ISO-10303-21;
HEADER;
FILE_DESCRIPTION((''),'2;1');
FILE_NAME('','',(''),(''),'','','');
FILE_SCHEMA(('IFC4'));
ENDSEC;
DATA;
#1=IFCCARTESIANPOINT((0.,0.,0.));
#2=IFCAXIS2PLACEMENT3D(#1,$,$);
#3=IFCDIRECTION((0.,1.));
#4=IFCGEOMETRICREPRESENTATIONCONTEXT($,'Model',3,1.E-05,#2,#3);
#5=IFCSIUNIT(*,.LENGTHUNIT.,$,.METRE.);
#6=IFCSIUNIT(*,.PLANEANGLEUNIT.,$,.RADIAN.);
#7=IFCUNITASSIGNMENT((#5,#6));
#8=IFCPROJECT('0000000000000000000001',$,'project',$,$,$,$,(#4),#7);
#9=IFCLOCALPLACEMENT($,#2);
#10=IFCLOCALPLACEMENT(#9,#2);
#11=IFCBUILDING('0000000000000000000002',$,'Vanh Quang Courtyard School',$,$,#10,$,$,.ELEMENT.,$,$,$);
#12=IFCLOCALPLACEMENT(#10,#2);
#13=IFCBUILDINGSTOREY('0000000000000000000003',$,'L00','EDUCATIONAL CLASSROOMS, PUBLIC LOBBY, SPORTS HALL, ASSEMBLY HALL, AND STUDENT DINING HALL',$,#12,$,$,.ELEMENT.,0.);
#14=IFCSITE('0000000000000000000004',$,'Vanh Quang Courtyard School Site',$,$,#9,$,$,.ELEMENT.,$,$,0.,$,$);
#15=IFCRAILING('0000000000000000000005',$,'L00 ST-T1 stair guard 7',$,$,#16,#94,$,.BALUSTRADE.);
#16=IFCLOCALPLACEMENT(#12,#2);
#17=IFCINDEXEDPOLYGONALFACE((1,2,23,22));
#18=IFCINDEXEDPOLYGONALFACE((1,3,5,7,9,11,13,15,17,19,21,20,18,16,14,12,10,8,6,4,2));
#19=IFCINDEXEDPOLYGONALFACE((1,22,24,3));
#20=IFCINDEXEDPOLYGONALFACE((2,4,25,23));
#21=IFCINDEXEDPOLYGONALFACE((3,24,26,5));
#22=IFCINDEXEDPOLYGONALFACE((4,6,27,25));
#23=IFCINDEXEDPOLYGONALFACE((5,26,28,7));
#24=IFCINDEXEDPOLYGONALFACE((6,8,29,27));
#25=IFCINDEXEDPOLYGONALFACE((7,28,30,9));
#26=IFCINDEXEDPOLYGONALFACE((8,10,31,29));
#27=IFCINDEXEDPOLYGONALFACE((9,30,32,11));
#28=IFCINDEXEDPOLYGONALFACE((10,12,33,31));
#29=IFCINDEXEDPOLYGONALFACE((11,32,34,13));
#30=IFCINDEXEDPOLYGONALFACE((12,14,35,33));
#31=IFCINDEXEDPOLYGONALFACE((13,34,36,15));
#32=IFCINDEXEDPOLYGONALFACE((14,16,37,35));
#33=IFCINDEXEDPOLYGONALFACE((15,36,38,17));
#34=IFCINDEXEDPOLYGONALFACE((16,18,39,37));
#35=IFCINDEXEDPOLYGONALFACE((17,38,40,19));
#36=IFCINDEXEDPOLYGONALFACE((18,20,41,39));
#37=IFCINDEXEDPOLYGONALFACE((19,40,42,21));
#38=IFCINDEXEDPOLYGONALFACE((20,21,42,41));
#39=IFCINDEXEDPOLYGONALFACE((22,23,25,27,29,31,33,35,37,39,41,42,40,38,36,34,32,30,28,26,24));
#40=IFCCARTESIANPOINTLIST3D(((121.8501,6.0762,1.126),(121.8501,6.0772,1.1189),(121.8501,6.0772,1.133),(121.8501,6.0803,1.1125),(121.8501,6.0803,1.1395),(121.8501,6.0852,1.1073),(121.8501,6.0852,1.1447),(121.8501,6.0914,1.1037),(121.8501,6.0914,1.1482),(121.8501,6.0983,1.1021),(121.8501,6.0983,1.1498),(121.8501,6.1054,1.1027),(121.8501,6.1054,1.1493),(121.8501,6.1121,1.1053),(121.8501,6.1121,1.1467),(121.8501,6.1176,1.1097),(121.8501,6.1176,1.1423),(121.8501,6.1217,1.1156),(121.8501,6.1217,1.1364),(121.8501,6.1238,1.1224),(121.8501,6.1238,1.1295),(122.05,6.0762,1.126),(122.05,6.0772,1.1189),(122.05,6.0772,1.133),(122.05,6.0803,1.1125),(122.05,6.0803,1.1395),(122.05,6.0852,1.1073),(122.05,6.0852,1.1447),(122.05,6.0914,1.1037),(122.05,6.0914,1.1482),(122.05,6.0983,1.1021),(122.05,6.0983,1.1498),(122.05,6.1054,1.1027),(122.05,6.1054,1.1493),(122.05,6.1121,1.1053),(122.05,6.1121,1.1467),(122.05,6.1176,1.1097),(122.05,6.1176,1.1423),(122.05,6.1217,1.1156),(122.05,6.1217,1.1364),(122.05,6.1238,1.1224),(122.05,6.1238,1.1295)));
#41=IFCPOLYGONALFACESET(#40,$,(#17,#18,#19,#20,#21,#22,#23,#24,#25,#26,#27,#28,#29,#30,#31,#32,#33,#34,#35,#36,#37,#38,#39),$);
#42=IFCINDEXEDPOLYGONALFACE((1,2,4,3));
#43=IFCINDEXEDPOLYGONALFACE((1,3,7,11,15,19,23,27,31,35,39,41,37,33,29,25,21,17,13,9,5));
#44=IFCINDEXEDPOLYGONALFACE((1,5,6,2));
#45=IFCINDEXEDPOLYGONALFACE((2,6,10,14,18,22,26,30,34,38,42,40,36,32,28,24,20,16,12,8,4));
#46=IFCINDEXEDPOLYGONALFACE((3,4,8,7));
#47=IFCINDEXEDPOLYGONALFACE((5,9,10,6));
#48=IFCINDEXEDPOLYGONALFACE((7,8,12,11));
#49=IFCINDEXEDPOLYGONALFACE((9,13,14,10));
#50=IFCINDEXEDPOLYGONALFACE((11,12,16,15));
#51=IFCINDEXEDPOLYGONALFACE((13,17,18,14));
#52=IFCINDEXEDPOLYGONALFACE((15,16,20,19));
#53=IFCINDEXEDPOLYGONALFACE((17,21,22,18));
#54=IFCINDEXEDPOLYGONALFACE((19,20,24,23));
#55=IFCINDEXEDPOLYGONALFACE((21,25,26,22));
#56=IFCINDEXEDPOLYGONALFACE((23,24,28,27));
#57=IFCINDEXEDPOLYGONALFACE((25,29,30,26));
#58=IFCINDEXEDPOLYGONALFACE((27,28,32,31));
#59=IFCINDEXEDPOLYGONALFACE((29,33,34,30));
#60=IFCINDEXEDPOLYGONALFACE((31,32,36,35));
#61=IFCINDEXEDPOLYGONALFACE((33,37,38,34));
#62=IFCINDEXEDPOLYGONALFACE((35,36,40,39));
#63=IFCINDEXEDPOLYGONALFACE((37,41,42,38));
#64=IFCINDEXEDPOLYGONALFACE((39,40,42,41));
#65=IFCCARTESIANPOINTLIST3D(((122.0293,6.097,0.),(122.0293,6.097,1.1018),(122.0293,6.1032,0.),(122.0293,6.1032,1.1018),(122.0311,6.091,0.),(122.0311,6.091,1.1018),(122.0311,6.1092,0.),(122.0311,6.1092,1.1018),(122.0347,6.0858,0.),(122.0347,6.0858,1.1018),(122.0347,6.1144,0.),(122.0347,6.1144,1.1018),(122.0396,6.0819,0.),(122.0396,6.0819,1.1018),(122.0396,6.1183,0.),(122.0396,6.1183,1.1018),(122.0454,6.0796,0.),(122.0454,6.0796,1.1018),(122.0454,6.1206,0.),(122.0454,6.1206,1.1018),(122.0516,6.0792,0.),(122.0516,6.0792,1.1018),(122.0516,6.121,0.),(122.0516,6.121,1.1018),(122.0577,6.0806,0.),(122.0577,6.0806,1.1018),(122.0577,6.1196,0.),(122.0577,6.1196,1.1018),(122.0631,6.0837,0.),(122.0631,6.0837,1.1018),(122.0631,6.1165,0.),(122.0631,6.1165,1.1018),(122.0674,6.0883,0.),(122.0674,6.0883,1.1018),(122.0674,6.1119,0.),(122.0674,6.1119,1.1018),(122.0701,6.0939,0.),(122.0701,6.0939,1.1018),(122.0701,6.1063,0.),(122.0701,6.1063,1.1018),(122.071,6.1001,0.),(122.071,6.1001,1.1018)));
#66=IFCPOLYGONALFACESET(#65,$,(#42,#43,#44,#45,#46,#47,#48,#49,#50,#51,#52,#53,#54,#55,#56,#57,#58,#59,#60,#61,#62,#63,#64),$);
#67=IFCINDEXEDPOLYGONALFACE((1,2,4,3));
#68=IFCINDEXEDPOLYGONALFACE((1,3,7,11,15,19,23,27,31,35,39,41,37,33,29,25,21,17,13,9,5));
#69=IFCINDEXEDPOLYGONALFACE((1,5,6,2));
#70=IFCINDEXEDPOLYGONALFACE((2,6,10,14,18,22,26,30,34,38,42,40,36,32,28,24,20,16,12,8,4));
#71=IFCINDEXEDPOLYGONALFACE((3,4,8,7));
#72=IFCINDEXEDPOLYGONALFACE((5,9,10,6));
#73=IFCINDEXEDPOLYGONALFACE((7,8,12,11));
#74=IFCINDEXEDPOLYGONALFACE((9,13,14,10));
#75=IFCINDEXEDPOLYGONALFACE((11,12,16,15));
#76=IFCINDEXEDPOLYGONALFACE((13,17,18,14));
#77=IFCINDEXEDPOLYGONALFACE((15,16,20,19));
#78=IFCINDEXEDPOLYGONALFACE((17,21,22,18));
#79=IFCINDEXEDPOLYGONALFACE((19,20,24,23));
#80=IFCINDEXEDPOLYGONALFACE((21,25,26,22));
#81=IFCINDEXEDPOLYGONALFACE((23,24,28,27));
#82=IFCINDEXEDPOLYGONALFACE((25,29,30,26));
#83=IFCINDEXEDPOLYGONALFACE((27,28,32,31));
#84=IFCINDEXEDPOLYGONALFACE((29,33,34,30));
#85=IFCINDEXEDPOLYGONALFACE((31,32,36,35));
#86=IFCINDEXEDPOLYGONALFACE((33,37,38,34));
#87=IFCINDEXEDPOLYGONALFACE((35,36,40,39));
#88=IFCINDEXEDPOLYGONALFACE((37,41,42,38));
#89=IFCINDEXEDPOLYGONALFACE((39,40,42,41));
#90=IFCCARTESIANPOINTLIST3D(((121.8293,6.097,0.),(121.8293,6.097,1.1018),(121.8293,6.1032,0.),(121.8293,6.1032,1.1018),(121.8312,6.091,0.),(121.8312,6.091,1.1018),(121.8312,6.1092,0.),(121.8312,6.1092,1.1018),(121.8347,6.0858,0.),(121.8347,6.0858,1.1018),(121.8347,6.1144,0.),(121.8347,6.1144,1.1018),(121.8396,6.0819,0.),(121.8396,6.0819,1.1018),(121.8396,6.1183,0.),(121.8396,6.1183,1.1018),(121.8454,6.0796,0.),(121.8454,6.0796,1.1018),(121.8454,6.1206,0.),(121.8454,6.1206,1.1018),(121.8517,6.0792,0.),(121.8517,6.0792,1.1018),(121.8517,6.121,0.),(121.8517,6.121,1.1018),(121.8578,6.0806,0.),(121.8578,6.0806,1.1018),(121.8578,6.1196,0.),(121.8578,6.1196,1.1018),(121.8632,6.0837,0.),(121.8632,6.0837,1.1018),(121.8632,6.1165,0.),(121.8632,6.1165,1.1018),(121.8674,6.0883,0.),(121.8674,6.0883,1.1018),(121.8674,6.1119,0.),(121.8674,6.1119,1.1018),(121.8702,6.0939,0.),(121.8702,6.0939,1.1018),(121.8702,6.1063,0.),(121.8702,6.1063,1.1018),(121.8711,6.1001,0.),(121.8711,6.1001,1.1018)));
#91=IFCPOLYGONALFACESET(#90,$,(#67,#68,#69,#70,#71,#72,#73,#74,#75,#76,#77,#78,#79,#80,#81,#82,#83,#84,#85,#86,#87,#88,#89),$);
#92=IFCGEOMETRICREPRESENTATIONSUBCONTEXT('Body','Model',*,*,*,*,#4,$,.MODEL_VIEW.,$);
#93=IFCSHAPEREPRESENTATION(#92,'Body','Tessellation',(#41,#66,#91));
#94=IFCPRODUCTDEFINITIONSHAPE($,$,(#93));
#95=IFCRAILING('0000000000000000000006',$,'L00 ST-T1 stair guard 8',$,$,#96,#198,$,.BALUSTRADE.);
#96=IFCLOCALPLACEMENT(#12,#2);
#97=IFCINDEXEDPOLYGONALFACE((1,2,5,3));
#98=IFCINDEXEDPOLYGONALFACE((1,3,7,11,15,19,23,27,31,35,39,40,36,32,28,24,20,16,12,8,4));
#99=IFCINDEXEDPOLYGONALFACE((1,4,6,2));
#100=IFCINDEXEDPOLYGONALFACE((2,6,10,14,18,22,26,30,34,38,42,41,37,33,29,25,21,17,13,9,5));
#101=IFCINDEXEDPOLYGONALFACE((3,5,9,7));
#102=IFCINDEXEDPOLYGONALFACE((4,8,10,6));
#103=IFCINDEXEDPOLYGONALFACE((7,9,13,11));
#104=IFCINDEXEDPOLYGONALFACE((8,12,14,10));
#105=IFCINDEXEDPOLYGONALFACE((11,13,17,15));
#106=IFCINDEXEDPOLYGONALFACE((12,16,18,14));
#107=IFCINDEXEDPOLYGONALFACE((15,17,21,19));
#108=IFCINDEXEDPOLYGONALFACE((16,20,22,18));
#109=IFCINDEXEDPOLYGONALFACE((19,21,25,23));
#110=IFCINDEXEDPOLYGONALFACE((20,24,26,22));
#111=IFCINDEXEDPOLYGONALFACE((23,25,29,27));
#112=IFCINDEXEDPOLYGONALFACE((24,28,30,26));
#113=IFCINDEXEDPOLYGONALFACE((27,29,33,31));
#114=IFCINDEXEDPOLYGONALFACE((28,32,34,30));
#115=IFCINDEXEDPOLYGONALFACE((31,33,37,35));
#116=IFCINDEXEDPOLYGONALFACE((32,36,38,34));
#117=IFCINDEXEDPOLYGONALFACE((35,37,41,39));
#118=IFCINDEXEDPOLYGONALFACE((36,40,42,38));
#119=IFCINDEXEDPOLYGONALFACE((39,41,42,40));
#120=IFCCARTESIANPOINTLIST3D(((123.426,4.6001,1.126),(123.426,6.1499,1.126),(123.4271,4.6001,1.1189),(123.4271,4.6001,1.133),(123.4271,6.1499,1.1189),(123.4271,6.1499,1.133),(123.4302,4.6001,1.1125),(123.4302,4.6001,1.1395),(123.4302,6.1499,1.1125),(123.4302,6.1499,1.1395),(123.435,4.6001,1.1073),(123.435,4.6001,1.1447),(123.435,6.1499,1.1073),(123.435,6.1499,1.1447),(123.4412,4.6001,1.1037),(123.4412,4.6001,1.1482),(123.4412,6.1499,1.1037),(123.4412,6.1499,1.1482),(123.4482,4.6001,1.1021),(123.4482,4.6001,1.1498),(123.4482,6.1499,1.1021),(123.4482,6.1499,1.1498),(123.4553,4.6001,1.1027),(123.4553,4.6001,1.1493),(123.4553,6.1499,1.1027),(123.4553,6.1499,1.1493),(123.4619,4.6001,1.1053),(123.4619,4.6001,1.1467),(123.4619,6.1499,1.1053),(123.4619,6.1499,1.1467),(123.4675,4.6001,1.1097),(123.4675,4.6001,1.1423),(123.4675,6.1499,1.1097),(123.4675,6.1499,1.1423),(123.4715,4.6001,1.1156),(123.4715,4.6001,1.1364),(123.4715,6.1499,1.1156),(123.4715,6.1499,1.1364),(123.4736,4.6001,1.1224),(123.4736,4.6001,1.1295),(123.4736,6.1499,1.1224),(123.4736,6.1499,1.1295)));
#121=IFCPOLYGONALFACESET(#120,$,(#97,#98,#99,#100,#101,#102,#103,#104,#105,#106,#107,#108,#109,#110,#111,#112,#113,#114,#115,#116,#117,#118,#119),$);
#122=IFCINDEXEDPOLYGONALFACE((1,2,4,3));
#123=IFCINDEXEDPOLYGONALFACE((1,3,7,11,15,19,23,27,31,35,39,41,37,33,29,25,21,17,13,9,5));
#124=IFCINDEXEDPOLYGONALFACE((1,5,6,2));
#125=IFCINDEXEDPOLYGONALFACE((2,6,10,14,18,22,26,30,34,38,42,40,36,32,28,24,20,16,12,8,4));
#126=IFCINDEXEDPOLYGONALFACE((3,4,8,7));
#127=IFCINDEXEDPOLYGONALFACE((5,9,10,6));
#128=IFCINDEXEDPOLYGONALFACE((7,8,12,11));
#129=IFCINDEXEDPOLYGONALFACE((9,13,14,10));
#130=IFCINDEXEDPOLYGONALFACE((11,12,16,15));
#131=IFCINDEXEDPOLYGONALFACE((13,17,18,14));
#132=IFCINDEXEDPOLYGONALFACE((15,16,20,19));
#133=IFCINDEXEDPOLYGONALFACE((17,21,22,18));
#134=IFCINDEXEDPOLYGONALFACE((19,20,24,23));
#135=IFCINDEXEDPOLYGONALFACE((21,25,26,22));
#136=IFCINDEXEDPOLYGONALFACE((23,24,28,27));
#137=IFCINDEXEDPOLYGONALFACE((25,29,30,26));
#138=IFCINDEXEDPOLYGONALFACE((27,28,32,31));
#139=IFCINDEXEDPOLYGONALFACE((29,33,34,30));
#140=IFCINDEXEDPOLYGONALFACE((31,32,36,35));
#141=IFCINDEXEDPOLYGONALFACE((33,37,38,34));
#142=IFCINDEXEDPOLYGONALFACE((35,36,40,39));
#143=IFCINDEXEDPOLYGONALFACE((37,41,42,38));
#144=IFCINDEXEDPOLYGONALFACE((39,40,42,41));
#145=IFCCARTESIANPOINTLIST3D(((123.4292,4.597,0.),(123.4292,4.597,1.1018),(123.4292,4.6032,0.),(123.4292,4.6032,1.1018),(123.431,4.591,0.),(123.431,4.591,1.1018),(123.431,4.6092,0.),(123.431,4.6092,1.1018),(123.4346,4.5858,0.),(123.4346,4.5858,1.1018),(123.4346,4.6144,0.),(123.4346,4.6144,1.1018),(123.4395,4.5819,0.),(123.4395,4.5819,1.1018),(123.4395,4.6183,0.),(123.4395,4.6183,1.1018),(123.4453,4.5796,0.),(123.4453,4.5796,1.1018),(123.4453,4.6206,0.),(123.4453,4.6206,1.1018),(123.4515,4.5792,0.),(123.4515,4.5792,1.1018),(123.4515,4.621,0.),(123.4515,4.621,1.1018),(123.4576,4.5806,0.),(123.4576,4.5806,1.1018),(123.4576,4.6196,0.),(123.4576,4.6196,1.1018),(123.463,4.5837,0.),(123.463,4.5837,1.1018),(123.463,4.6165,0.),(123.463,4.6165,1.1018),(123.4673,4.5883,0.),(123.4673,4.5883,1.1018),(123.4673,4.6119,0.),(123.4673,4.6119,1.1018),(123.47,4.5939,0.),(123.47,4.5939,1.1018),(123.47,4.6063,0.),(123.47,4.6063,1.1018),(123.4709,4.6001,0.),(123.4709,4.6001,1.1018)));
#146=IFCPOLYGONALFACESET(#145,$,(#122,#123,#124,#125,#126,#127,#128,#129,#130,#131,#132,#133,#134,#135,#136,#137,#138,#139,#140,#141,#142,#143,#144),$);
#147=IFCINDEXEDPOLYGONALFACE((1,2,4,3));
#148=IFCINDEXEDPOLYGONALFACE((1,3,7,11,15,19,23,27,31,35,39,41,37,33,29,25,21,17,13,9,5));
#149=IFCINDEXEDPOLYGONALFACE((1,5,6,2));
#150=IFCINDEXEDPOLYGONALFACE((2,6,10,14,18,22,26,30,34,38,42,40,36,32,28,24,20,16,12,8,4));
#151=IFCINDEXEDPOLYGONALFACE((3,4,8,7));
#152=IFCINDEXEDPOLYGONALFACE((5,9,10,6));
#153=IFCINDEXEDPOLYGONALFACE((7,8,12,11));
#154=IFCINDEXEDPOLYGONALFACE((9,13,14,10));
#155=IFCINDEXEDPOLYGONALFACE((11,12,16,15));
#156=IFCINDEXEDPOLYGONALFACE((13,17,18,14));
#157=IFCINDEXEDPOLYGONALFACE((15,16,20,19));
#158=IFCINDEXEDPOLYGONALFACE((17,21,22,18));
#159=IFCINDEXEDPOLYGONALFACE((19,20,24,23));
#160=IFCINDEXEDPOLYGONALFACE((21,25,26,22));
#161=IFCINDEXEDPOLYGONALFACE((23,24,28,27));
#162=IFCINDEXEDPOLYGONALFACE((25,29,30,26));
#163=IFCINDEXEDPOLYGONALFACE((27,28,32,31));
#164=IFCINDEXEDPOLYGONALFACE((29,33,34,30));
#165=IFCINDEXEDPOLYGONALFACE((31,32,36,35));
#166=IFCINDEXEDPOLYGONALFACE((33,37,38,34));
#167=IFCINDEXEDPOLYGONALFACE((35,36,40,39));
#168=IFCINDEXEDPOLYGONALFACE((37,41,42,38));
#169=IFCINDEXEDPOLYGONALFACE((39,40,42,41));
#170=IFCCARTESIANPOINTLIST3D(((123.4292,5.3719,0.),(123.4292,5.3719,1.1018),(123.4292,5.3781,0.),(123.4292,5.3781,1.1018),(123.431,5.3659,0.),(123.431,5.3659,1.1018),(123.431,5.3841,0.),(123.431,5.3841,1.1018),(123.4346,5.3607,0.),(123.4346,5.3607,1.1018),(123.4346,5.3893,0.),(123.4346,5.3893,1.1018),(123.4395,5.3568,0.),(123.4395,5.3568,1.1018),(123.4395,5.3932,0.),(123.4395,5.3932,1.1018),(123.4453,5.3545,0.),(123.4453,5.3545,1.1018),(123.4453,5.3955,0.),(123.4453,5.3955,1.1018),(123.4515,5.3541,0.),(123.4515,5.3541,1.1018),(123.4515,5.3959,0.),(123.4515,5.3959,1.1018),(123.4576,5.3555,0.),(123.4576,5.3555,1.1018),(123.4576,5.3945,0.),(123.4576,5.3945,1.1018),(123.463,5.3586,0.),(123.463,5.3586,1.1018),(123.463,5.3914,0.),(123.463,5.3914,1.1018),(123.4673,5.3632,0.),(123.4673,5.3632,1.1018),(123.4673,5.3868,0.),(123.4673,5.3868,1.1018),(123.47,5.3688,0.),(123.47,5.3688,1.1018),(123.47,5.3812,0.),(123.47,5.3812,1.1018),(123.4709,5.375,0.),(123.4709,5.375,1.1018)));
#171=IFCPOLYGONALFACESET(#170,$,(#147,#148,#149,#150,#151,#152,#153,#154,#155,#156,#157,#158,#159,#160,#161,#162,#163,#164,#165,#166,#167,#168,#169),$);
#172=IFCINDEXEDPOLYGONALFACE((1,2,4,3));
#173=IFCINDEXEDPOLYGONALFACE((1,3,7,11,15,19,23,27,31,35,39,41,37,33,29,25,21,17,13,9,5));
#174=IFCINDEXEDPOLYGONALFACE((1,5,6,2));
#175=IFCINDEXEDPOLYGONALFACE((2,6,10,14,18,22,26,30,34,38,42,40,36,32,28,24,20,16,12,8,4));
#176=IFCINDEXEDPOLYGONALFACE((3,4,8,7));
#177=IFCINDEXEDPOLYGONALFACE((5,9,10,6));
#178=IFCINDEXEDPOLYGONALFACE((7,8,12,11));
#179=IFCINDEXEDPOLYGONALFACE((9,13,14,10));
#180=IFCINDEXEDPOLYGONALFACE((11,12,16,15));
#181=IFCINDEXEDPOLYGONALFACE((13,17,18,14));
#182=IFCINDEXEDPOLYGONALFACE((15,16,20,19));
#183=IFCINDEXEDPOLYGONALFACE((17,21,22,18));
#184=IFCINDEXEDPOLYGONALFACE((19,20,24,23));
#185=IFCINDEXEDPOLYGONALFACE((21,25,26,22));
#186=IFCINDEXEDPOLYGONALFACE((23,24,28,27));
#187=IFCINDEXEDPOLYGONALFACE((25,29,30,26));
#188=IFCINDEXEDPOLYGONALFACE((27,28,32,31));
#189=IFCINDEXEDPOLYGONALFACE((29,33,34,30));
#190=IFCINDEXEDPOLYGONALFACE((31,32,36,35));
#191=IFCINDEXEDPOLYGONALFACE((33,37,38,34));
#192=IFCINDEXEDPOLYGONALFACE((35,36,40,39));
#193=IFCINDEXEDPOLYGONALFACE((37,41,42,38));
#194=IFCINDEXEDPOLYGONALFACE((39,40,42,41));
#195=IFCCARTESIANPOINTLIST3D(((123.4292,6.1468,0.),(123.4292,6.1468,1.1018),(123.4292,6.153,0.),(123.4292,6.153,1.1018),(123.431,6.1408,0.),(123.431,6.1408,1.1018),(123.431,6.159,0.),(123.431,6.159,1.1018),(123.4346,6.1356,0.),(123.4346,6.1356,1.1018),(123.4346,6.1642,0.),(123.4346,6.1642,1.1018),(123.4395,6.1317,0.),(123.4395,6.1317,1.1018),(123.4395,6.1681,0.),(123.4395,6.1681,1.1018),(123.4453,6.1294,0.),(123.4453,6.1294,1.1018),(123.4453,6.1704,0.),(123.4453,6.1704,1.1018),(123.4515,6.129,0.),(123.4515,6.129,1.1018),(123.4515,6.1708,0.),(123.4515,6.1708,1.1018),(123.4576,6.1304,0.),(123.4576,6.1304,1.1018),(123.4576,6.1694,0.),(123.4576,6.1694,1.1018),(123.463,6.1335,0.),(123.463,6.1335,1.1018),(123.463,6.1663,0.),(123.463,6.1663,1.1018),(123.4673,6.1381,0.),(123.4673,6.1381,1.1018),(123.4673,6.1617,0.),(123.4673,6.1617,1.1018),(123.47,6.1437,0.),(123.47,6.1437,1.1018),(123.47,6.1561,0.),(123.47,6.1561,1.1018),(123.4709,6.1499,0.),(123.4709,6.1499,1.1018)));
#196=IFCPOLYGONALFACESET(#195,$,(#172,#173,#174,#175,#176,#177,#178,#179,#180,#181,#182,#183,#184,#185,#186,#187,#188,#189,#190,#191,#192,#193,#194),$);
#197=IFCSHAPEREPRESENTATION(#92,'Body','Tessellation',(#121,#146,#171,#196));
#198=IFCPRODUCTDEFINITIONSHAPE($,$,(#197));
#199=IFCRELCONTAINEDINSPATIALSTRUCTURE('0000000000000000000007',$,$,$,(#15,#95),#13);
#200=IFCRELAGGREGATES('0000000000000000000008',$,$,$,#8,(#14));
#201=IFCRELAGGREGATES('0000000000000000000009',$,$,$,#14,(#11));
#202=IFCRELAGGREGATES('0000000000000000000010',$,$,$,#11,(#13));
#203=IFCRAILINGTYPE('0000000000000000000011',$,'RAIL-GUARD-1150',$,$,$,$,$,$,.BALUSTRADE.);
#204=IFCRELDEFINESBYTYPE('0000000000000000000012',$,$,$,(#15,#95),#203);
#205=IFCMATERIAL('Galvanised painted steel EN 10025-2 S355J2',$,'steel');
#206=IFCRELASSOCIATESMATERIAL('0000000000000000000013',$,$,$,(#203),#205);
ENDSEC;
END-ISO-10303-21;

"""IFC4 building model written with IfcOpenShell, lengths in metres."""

from ifc_helpers import new_model, si_unit, direction, frame, origin, origin_2d, place, context, subcontext, project, spatial, circle, extrude, material, type_object, element, save


model = new_model("IFC4")

# Units and contexts
model_context = context("Model", 3, precision=1e-05, world=origin(), true_north=direction((0.0, 1.0)))
body_context = subcontext(model_context, "Body", "Model", "MODEL_VIEW")
ifc_project = project(units=[si_unit("LENGTHUNIT", "METRE"), si_unit("PLANEANGLEUNIT", "RADIAN")], contexts=[model_context])

# Site, building, storey
site_placement = place(None, origin())
site = spatial("IfcSite", under=ifc_project, at=site_placement, Name="Vanh Quang Courtyard School Site", CompositionType="ELEMENT", RefElevation=0.0)
building_placement = place(site_placement, origin())
building = spatial("IfcBuilding", under=site, at=building_placement, Name="Vanh Quang Courtyard School", CompositionType="ELEMENT")
storey_placement = place(building_placement, origin())
storey = spatial("IfcBuildingStorey", under=building, at=storey_placement, Name="L00", Description="EDUCATIONAL CLASSROOMS, PUBLIC LOBBY, SPORTS HALL, ASSEMBLY HALL, AND STUDENT DINING HALL", CompositionType="ELEMENT", Elevation=0.0)

# Railings
ifc_material_1 = material(Name="Galvanised painted steel EN 10025-2 S355J2", Category="steel")
railing_type_1 = type_object("IfcRailingType", Name="RAIL-GUARD-1150", PredefinedType="BALUSTRADE", material=ifc_material_1)
railing_1_placement = place(storey_placement, frame((122.05, 6.1001, 0.0)))
element("IfcRailing", 1, at=railing_1_placement, inside=storey, type_object=railing_type_1, Name="L00 ST-T1 stair guard 7", PredefinedType="BALUSTRADE", context=body_context, shape_type="SweptSolid", body=[
    extrude(circle(Radius=0.0239, at=origin_2d()), frame((0.0, 0.0, 1.126), z_axis=(-1.0, 0.0, 0.0), x_axis=(0.0, -1.0, 0.0)), (0.0, 0.0, 1.0), 0.2),
    extrude(circle(Radius=0.021, at=origin_2d()), origin(), (0.0, 0.0, 1.0), 1.1018),
    extrude(circle(Radius=0.021, at=origin_2d()), frame((-0.2, 0.0, 0.0)), (0.0, 0.0, 1.0), 1.1018),
])
railing_2_placement = place(storey_placement, frame((123.45, 4.6001, 0.0)))
element("IfcRailing", 2, at=railing_2_placement, inside=storey, type_object=railing_type_1, Name="L00 ST-T1 stair guard 8", PredefinedType="BALUSTRADE", context=body_context, shape_type="SweptSolid", body=[
    extrude(circle(Radius=0.0239, at=origin_2d()), frame((0.0, 0.0, 1.126), z_axis=(0.0, 1.0, 0.0), x_axis=(-1.0, 0.0, 0.0)), (0.0, 0.0, 1.0), 1.5498),
    extrude(circle(Radius=0.021, at=origin_2d()), origin(), (0.0, 0.0, 1.0), 1.1018),
    extrude(circle(Radius=0.021, at=origin_2d()), frame((0.0, 0.7749, 0.0)), (0.0, 0.0, 1.0), 1.1018),
    extrude(circle(Radius=0.021, at=origin_2d()), frame((0.0, 1.5498, 0.0)), (0.0, 0.0, 1.0), 1.1018),
])

save(model, "model.ifc")
